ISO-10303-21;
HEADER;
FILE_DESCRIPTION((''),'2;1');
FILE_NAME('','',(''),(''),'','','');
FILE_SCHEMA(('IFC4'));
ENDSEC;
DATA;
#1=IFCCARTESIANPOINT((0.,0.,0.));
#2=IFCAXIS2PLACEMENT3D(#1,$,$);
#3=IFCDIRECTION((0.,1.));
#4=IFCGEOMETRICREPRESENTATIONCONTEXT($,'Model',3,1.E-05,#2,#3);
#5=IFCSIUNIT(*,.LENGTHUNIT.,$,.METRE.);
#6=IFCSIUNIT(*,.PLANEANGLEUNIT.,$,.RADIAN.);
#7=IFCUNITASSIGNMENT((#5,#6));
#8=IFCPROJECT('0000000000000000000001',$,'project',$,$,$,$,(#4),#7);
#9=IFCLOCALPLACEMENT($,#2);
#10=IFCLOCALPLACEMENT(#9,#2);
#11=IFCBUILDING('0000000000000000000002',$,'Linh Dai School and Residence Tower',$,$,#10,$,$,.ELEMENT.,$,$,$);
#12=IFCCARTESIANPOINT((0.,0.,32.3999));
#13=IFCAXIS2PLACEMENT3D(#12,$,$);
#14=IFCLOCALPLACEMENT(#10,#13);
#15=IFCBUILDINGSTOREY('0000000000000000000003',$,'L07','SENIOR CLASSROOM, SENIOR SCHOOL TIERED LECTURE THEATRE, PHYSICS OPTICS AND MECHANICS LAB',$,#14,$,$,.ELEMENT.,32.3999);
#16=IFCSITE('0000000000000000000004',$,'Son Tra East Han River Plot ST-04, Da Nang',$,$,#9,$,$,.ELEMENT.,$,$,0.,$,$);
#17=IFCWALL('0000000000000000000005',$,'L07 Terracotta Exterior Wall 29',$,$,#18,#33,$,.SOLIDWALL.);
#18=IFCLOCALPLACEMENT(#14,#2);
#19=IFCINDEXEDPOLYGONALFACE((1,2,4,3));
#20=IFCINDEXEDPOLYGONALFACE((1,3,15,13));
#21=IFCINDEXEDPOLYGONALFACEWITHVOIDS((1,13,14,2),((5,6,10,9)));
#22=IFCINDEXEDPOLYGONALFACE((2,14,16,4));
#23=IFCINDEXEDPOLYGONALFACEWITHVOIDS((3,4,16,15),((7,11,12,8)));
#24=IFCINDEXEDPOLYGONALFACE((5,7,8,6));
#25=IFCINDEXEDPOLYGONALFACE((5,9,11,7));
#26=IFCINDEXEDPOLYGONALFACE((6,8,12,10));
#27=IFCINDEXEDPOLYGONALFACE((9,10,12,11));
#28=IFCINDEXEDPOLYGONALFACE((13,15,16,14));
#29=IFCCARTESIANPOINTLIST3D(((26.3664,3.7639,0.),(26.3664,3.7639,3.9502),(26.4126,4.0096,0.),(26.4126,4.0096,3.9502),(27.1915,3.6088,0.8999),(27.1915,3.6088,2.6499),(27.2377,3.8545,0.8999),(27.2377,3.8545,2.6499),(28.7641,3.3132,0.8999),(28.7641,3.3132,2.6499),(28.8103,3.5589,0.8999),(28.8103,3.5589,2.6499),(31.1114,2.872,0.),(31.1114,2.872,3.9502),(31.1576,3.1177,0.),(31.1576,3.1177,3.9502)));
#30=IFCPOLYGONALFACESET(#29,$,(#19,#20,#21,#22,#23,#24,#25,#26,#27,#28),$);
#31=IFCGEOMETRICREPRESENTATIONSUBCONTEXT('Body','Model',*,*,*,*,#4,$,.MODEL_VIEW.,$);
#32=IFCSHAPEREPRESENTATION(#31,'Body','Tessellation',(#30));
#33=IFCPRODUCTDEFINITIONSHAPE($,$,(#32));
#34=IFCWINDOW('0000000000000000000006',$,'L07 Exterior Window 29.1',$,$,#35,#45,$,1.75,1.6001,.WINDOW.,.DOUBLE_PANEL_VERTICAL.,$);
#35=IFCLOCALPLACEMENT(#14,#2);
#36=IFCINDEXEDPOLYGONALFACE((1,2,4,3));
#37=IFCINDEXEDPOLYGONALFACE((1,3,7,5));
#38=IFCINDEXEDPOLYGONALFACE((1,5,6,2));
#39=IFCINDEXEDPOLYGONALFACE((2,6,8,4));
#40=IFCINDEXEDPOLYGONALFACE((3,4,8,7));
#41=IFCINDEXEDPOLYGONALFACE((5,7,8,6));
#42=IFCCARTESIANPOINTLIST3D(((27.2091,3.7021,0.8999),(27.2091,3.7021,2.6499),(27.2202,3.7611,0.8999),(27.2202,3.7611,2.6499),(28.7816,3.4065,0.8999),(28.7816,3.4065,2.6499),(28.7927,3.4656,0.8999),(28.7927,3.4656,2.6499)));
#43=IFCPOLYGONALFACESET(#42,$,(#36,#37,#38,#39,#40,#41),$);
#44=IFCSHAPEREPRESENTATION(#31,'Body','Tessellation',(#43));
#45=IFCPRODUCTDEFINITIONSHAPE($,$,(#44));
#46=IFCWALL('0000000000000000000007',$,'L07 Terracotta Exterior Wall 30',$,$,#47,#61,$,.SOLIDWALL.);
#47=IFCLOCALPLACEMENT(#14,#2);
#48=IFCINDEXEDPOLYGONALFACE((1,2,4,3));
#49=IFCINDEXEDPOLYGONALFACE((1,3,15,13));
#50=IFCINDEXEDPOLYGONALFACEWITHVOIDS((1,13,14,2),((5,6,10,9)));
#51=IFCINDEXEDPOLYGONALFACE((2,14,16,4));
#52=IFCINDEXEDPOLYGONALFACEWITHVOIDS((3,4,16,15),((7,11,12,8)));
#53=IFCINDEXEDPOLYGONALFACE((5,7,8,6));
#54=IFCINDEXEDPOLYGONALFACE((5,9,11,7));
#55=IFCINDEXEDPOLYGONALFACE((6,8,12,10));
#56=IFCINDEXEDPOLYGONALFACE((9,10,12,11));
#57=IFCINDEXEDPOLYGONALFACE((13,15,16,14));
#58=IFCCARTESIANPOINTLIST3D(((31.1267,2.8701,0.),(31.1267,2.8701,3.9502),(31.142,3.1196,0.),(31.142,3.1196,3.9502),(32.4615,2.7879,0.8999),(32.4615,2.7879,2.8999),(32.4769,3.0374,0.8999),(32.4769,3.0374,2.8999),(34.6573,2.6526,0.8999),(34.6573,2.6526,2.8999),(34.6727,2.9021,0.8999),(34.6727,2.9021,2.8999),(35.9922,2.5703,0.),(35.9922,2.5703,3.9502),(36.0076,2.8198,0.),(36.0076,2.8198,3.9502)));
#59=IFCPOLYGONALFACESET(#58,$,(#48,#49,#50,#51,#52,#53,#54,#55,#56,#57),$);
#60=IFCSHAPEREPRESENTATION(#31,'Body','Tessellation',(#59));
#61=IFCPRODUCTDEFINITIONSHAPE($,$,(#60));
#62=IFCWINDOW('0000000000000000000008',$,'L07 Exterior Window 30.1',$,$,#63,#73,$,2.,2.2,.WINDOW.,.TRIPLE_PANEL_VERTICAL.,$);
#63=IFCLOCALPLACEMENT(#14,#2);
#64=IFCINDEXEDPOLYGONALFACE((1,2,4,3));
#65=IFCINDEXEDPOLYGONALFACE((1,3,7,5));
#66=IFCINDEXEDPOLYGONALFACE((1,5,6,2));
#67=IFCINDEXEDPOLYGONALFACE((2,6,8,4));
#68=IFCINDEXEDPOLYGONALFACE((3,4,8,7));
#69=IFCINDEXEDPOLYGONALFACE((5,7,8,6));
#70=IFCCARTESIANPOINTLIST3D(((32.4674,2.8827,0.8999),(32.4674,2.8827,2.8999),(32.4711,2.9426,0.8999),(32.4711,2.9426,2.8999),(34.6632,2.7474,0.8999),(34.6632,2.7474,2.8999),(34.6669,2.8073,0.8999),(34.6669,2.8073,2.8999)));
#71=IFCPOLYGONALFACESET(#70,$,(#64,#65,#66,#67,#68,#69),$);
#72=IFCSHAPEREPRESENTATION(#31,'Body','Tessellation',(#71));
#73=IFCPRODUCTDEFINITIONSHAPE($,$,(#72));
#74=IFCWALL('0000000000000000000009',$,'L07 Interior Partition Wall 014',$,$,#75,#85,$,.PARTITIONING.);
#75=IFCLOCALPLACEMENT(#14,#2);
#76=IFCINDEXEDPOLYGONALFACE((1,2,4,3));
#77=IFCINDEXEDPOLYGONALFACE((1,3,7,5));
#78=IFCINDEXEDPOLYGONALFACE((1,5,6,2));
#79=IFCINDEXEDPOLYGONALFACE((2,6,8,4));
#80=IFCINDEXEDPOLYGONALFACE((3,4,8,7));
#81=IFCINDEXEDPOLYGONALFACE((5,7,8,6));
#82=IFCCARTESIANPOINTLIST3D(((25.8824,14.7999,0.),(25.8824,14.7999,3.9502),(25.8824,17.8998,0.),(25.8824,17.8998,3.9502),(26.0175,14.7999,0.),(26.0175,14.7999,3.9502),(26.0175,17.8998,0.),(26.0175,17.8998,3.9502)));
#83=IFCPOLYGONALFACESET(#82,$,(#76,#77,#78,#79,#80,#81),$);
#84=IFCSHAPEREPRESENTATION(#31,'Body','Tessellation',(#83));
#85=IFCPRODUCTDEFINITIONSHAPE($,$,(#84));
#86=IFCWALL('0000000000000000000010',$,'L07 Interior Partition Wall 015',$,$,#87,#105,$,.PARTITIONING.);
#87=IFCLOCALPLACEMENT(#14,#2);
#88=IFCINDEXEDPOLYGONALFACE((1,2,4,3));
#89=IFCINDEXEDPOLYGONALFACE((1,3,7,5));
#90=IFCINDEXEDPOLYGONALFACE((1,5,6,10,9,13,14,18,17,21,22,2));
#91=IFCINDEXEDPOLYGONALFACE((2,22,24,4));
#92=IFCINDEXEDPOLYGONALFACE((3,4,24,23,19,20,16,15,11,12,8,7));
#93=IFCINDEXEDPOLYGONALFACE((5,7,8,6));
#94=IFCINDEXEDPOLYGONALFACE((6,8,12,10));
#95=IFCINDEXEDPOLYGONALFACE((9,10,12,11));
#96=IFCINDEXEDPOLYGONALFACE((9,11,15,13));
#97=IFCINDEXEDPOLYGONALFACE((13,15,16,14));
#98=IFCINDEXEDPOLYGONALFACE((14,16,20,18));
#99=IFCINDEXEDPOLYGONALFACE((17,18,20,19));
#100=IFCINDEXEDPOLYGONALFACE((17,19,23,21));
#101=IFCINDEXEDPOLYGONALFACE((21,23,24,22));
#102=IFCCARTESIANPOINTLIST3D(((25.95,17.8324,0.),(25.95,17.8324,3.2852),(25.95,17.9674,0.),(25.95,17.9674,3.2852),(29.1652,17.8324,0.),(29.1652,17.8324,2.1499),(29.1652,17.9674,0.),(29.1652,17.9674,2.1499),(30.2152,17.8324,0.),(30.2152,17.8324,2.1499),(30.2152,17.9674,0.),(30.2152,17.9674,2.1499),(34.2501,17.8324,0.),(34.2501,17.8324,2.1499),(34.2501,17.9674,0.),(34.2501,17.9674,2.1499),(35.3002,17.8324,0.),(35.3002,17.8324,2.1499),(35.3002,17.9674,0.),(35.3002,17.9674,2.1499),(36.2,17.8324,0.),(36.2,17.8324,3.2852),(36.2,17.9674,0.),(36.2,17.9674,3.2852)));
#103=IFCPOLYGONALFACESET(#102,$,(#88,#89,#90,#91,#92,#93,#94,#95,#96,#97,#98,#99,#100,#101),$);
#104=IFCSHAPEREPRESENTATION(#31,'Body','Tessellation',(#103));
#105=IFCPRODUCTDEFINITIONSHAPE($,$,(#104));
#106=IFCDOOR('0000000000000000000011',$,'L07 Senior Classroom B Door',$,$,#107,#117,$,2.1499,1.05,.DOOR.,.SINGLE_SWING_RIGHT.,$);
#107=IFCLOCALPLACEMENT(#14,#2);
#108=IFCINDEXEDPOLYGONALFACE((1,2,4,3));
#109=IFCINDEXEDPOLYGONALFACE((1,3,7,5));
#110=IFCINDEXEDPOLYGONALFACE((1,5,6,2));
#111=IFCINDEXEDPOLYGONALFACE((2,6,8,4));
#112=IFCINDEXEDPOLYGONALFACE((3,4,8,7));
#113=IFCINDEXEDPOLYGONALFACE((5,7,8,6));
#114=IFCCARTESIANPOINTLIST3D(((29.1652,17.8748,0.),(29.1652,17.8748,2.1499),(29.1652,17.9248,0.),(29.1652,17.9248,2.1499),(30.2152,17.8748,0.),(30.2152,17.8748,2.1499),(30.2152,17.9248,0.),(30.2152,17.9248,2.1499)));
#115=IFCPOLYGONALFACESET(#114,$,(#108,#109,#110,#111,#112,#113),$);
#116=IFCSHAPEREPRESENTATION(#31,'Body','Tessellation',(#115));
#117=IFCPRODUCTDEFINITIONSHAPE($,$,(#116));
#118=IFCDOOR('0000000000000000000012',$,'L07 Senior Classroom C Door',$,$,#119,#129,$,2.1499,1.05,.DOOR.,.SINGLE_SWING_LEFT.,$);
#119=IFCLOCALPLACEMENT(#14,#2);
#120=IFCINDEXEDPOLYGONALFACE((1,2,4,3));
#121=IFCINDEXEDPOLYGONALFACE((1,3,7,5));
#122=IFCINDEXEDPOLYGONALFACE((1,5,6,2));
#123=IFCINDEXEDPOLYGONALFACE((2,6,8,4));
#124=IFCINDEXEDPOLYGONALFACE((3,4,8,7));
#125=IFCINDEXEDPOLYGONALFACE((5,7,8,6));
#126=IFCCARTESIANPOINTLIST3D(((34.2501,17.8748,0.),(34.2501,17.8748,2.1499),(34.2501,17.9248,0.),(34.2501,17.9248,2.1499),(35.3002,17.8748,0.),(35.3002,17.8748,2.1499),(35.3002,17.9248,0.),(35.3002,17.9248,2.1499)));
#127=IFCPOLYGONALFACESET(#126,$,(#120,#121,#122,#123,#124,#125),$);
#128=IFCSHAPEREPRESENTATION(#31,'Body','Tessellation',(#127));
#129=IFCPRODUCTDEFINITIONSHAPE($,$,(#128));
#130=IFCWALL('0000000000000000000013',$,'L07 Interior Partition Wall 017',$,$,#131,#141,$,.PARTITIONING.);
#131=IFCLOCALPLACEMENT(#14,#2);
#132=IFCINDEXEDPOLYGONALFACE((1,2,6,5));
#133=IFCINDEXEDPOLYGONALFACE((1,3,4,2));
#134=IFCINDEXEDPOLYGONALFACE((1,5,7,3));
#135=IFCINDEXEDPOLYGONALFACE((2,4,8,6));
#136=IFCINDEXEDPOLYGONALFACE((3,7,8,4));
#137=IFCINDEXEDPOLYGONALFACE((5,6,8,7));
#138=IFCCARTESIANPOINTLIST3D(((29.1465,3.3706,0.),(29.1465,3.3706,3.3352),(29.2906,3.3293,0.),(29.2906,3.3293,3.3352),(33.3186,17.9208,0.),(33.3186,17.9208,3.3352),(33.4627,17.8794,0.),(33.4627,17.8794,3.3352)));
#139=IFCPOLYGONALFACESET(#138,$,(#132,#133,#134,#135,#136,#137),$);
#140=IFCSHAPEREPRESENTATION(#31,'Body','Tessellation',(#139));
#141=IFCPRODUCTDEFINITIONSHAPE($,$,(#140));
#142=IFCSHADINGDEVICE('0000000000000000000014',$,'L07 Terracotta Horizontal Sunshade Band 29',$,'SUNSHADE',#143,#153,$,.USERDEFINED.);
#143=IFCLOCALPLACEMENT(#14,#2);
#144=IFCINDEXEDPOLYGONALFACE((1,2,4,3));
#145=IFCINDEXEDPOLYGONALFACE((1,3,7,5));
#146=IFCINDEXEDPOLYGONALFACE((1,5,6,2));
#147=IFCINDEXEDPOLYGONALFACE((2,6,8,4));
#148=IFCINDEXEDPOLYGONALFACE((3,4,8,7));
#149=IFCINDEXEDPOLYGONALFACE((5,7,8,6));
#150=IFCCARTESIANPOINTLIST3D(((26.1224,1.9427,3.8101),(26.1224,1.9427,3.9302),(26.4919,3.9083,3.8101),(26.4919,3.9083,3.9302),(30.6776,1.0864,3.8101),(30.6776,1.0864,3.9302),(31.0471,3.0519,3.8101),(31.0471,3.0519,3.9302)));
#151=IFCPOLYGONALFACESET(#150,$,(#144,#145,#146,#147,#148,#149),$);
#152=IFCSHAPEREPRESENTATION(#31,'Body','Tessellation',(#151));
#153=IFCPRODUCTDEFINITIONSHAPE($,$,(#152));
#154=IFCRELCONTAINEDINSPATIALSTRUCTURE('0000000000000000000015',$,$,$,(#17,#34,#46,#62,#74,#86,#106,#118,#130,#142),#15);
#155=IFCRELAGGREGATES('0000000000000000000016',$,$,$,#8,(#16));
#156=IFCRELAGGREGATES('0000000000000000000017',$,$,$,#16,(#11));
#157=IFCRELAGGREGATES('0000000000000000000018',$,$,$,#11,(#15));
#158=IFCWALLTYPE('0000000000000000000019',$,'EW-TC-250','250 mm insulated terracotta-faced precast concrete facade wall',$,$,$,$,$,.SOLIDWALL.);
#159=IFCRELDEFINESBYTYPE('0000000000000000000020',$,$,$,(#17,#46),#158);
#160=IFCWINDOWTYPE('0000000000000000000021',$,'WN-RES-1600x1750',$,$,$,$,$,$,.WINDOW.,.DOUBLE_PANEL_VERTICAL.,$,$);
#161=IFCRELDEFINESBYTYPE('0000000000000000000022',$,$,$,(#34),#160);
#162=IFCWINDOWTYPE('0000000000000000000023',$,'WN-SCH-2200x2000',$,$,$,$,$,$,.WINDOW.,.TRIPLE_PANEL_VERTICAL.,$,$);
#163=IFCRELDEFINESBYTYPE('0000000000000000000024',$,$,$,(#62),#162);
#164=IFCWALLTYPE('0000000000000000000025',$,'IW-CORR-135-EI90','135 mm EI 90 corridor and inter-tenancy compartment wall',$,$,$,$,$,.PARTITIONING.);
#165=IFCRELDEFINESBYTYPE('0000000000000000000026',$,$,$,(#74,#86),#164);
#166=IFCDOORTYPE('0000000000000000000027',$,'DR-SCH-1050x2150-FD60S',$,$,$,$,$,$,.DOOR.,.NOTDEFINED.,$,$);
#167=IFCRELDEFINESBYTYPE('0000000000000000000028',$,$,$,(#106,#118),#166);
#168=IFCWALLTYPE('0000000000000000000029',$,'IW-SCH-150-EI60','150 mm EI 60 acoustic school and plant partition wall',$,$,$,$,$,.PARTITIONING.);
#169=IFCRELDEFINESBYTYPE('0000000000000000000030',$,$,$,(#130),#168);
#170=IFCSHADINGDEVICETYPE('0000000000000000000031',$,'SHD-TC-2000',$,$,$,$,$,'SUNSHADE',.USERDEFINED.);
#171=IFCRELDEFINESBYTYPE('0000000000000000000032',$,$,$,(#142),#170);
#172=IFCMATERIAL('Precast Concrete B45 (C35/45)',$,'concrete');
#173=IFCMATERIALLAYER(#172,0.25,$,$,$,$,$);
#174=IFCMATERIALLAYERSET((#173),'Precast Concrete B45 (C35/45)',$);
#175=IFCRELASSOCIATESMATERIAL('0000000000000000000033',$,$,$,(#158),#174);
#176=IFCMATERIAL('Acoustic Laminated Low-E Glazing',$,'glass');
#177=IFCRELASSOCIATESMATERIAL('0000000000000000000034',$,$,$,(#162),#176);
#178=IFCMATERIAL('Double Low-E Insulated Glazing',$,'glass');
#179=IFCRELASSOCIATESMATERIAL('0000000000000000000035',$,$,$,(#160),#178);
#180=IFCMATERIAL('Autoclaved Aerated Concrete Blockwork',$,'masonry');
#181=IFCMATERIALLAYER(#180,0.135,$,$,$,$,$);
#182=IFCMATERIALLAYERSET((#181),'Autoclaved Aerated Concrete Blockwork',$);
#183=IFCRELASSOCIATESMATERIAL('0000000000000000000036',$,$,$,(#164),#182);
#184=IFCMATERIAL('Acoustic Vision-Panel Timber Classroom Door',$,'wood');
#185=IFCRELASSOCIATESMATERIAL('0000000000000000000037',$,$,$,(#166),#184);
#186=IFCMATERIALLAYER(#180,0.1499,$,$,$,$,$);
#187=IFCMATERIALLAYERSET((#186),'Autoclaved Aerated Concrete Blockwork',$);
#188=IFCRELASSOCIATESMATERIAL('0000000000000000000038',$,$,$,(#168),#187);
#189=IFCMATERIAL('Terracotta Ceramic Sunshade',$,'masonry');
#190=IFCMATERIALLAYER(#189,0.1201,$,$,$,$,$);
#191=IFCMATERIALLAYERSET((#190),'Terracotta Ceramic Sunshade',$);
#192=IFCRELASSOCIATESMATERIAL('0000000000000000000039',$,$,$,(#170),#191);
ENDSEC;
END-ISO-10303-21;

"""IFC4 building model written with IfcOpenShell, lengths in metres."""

from ifc_helpers import new_model, si_unit, direction, frame, frame_2d, origin, origin_2d, place, context, subcontext, project, spatial, rectangle, extrude, source, transform, mapped, material, layer, layer_set, type_object, element, fill, save


model = new_model("IFC4")

# Units and contexts
model_context = context("Model", 3, precision=1e-05, world=origin(), true_north=direction((0.0, 1.0)))
body_context = subcontext(model_context, "Body", "Model", "MODEL_VIEW")
ifc_project = project(units=[si_unit("LENGTHUNIT", "METRE"), si_unit("PLANEANGLEUNIT", "RADIAN")], contexts=[model_context])

# Site, building, storey
site_placement = place(None, origin())
site = spatial("IfcSite", under=ifc_project, at=site_placement, Name="Son Tra East Han River Plot ST-04, Da Nang", CompositionType="ELEMENT", RefElevation=0.0)
building_placement = place(site_placement, origin())
building = spatial("IfcBuilding", under=site, at=building_placement, Name="Linh Dai School and Residence Tower", CompositionType="ELEMENT")
storey_placement = place(building_placement, frame((0.0, 0.0, 32.3999)))
storey = spatial("IfcBuildingStorey", under=building, at=storey_placement, Name="L07", Description="SENIOR CLASSROOM, SENIOR SCHOOL TIERED LECTURE THEATRE, PHYSICS OPTICS AND MECHANICS LAB", CompositionType="ELEMENT", Elevation=32.3999)

# Shared definitions
ifc_material_1 = material(Name="Precast Concrete B45 (C35/45)", Category="concrete")

# Walls, openings, windows
ifc_layer_1 = layer(ifc_material_1, 0.25)
ifc_layer_set_1 = layer_set([ifc_layer_1], Name="Precast Concrete B45 (C35/45)")
wall_type_1 = type_object("IfcWallType", Name="EW-TC-250", Description="250 mm insulated terracotta-faced precast concrete facade wall", PredefinedType="SOLIDWALL", material=ifc_layer_set_1)
ifc_material_2 = material(Name="Acoustic Laminated Low-E Glazing", Category="glass")
window_type_1 = type_object("IfcWindowType", Name="WN-SCH-2200x2000", PartitioningType="TRIPLE_PANEL_VERTICAL", PredefinedType="WINDOW", material=ifc_material_2)
shared_shape_1 = source(origin(), body_context, "Body", "SweptSolid", [
    extrude(rectangle(XDim=2.2, YDim=2.0, at=origin_2d()), frame((1.1001, 0.03, 1.0), z_axis=(0.0, -1.0, 0.0), x_axis=(1.0, 0.0, 0.0)), (0.0, 0.0, 1.0), 0.0601),
])
wall_1_placement = place(storey_placement, frame((31.1345, 2.9949, 0.0), z_axis=(0.0, 0.0, 1.0), x_axis=(-0.982792, 0.184716, 0.0)))
wall_1 = element("IfcWall", 1, at=wall_1_placement, inside=storey, type_object=wall_type_1, Name="L07 Terracotta Exterior Wall 29", PredefinedType="SOLIDWALL", context=body_context, shape_type="SweptSolid", body=[
    extrude(rectangle(XDim=4.8281, YDim=0.25, at=frame_2d((2.4141, 0.0))), origin(), (0.0, 0.0, 1.0), 3.9502),
])
opening_1_placement = place(wall_1_placement, frame((2.3884, 0.0, 0.8999)))
opening_1 = element("IfcOpeningElement", 2, at=opening_1_placement, cuts=wall_1, PredefinedType="OPENING", context=body_context, shape_type="SweptSolid", body=[
    extrude(rectangle(XDim=1.6001, YDim=1.75, at=origin_2d()), frame((0.8, 0.135, 0.875), z_axis=(0.0, -1.0, 0.0), x_axis=(1.0, 0.0, 0.0)), (0.0, 0.0, 1.0), 0.27),
])
ifc_material_3 = material(Name="Double Low-E Insulated Glazing", Category="glass")
window_type_2 = type_object("IfcWindowType", Name="WN-RES-1600x1750", PartitioningType="DOUBLE_PANEL_VERTICAL", PredefinedType="WINDOW", material=ifc_material_3)
shared_shape_2 = source(origin(), body_context, "Body", "SweptSolid", [
    extrude(rectangle(XDim=1.6001, YDim=1.75, at=origin_2d()), frame((0.8, 0.03, 0.875), z_axis=(0.0, -1.0, 0.0), x_axis=(1.0, 0.0, 0.0)), (0.0, 0.0, 1.0), 0.0601),
])
window_1_placement = place(opening_1_placement, origin())
window_1 = element("IfcWindow", 3, at=window_1_placement, inside=storey, type_object=window_type_2, Name="L07 Exterior Window 29.1", OverallHeight=1.75, OverallWidth=1.6001, PartitioningType="DOUBLE_PANEL_VERTICAL", PredefinedType="WINDOW", context=body_context, shape_type="MappedRepresentation", body=[
    mapped(shared_shape_2, transform((0.0, 0.0, 0.0), x_axis=(1.0, 0.0, 0.0), y_axis=(0.0, 1.0, 0.0), z_axis=(0.0, 0.0, 1.0), scale=1.0)),
])
fill(opening_1, window_1)
wall_2_placement = place(storey_placement, frame((36.0, 2.6951, 0.0), z_axis=(0.0, 0.0, 1.0), x_axis=(-0.998107, 0.061502, 0.0)))
wall_2 = element("IfcWall", 4, at=wall_2_placement, inside=storey, type_object=wall_type_1, Name="L07 Terracotta Exterior Wall 30", PredefinedType="SOLIDWALL", context=body_context, shape_type="SweptSolid", body=[
    extrude(rectangle(XDim=4.8748, YDim=0.25, at=frame_2d((2.4375, 0.0))), origin(), (0.0, 0.0, 1.0), 3.9502),
])
opening_2_placement = place(wall_2_placement, frame((1.3374, 0.0, 0.8999)))
opening_2 = element("IfcOpeningElement", 5, at=opening_2_placement, cuts=wall_2, PredefinedType="OPENING", context=body_context, shape_type="SweptSolid", body=[
    extrude(rectangle(XDim=2.2, YDim=2.0, at=origin_2d()), frame((1.1001, 0.135, 1.0), z_axis=(0.0, -1.0, 0.0), x_axis=(1.0, 0.0, 0.0)), (0.0, 0.0, 1.0), 0.27),
])
window_2_placement = place(opening_2_placement, origin())
window_2 = element("IfcWindow", 6, at=window_2_placement, inside=storey, type_object=window_type_1, Name="L07 Exterior Window 30.1", OverallHeight=2.0, OverallWidth=2.2, PartitioningType="TRIPLE_PANEL_VERTICAL", PredefinedType="WINDOW", context=body_context, shape_type="MappedRepresentation", body=[
    mapped(shared_shape_1, transform((0.0, 0.0, 0.0), x_axis=(1.0, 0.0, 0.0), y_axis=(0.0, 1.0, 0.0), z_axis=(0.0, 0.0, 1.0), scale=1.0)),
])
fill(opening_2, window_2)

# Wall
ifc_material_4 = material(Name="Autoclaved Aerated Concrete Blockwork", Category="masonry")
ifc_layer_2 = layer(ifc_material_4, 0.135)
ifc_layer_set_2 = layer_set([ifc_layer_2], Name="Autoclaved Aerated Concrete Blockwork")
wall_type_2 = type_object("IfcWallType", Name="IW-CORR-135-EI90", Description="135 mm EI 90 corridor and inter-tenancy compartment wall", PredefinedType="PARTITIONING", material=ifc_layer_set_2)
wall_3_placement = place(storey_placement, frame((25.95, 14.8, 0.0), z_axis=(0.0, 0.0, 1.0), x_axis=(0.0, 1.0, 0.0)))
element("IfcWall", 7, at=wall_3_placement, inside=storey, type_object=wall_type_2, Name="L07 Interior Partition Wall 014", PredefinedType="PARTITIONING", context=body_context, shape_type="SweptSolid", body=[
    extrude(rectangle(XDim=3.0999, YDim=0.135, at=frame_2d((1.5498, 0.0))), origin(), (0.0, 0.0, 1.0), 3.9502),
])

# Wall, openings, doors
wall_4_placement = place(storey_placement, frame((25.95, 17.8999, 0.0), z_axis=(0.0, 0.0, 1.0), x_axis=(1.0, 0.0, 0.0)))
wall_4 = element("IfcWall", 8, at=wall_4_placement, inside=storey, type_object=wall_type_2, Name="L07 Interior Partition Wall 015", PredefinedType="PARTITIONING", context=body_context, shape_type="SweptSolid", body=[
    extrude(rectangle(XDim=10.25, YDim=0.135, at=frame_2d((5.125, 0.0))), origin(), (0.0, 0.0, 1.0), 3.2852),
])
opening_3_placement = place(wall_4_placement, frame((3.2153, 0.0, 0.0)))
opening_3 = element("IfcOpeningElement", 9, at=opening_3_placement, cuts=wall_4, PredefinedType="OPENING", context=body_context, shape_type="SweptSolid", body=[
    extrude(rectangle(XDim=1.05, YDim=2.1499, at=origin_2d()), frame((0.5249, 0.0776, 1.075), z_axis=(0.0, -1.0, 0.0), x_axis=(1.0, 0.0, 0.0)), (0.0, 0.0, 1.0), 0.155),
])
opening_4_placement = place(wall_4_placement, frame((8.3003, 0.0, 0.0)))
opening_4 = element("IfcOpeningElement", 10, at=opening_4_placement, cuts=wall_4, PredefinedType="OPENING", context=body_context, shape_type="SweptSolid", body=[
    extrude(rectangle(XDim=1.05, YDim=2.1499, at=origin_2d()), frame((0.5249, 0.0776, 1.075), z_axis=(0.0, -1.0, 0.0), x_axis=(1.0, 0.0, 0.0)), (0.0, 0.0, 1.0), 0.155),
])
ifc_material_5 = material(Name="Acoustic Vision-Panel Timber Classroom Door", Category="wood")
door_type = type_object("IfcDoorType", Name="DR-SCH-1050x2150-FD60S", OperationType="NOTDEFINED", PredefinedType="DOOR", material=ifc_material_5)
shared_shape_3 = source(origin(), body_context, "Body", "SweptSolid", [
    extrude(rectangle(XDim=1.05, YDim=2.1499, at=origin_2d()), frame((0.5249, 0.0249, 1.075), z_axis=(0.0, -1.0, 0.0), x_axis=(1.0, 0.0, 0.0)), (0.0, 0.0, 1.0), 0.05),
])
door_1_placement = place(opening_3_placement, origin())
door_1 = element("IfcDoor", 11, at=door_1_placement, inside=storey, type_object=door_type, Name="L07 Senior Classroom B Door", OperationType="SINGLE_SWING_RIGHT", OverallHeight=2.1499, OverallWidth=1.05, PredefinedType="DOOR", context=body_context, shape_type="MappedRepresentation", body=[
    mapped(shared_shape_3, transform((0.0, 0.0, 0.0), x_axis=(1.0, 0.0, 0.0), y_axis=(0.0, 1.0, 0.0), z_axis=(0.0, 0.0, 1.0), scale=1.0)),
])
fill(opening_3, door_1)
door_2_placement = place(opening_4_placement, origin())
door_2 = element("IfcDoor", 12, at=door_2_placement, inside=storey, type_object=door_type, Name="L07 Senior Classroom C Door", OperationType="SINGLE_SWING_LEFT", OverallHeight=2.1499, OverallWidth=1.05, PredefinedType="DOOR", context=body_context, shape_type="MappedRepresentation", body=[
    mapped(shared_shape_3, transform((0.0, 0.0, 0.0), x_axis=(1.0, 0.0, 0.0), y_axis=(0.0, 1.0, 0.0), z_axis=(0.0, 0.0, 1.0), scale=1.0)),
])
fill(opening_4, door_2)

# Wall
ifc_layer_3 = layer(ifc_material_4, 0.1499)
ifc_layer_set_3 = layer_set([ifc_layer_3], Name="Autoclaved Aerated Concrete Blockwork")
wall_type_3 = type_object("IfcWallType", Name="IW-SCH-150-EI60", Description="150 mm EI 60 acoustic school and plant partition wall", PredefinedType="PARTITIONING", material=ifc_layer_set_3)
wall_5_placement = place(storey_placement, frame((29.2185, 3.3499, 0.0), z_axis=(0.0, 0.0, 1.0), x_axis=(0.275635, 0.961262, 0.0)))
element("IfcWall", 13, at=wall_5_placement, inside=storey, type_object=wall_type_3, Name="L07 Interior Partition Wall 017", PredefinedType="PARTITIONING", context=body_context, shape_type="SweptSolid", body=[
    extrude(rectangle(XDim=15.1365, YDim=0.1499, at=frame_2d((7.5684, 0.0))), origin(), (0.0, 0.0, 1.0), 3.3352),
])

# Shading device
ifc_material_6 = material(Name="Terracotta Ceramic Sunshade", Category="masonry")
ifc_layer_4 = layer(ifc_material_6, 0.1201)
ifc_layer_set_4 = layer_set([ifc_layer_4], Name="Terracotta Ceramic Sunshade")
shading_device_type = type_object("IfcShadingDeviceType", Name="SHD-TC-2000", ElementType="SUNSHADE", PredefinedType="USERDEFINED", material=ifc_layer_set_4)
shared_shape_4 = source(origin(), body_context, "Body", "SweptSolid", [
    extrude(rectangle(XDim=4.635, YDim=2.0, at=origin_2d()), origin(), (0.0, 0.0, 1.0), 0.1201),
])
shading_device_placement = place(storey_placement, frame((28.5847, 2.4973, 3.8101), z_axis=(0.0, 0.0, 1.0), x_axis=(-0.982786, 0.184748, 0.0)))
element("IfcShadingDevice", 14, at=shading_device_placement, inside=storey, type_object=shading_device_type, Name="L07 Terracotta Horizontal Sunshade Band 29", ObjectType="SUNSHADE", PredefinedType="USERDEFINED", context=body_context, shape_type="MappedRepresentation", body=[
    mapped(shared_shape_4, transform((0.0, 0.0, 0.0), x_axis=(1.0, 0.0, 0.0), y_axis=(0.0, 1.0, 0.0), z_axis=(0.0, 0.0, 1.0), scale=1.0)),
])

save(model, "model.ifc")
